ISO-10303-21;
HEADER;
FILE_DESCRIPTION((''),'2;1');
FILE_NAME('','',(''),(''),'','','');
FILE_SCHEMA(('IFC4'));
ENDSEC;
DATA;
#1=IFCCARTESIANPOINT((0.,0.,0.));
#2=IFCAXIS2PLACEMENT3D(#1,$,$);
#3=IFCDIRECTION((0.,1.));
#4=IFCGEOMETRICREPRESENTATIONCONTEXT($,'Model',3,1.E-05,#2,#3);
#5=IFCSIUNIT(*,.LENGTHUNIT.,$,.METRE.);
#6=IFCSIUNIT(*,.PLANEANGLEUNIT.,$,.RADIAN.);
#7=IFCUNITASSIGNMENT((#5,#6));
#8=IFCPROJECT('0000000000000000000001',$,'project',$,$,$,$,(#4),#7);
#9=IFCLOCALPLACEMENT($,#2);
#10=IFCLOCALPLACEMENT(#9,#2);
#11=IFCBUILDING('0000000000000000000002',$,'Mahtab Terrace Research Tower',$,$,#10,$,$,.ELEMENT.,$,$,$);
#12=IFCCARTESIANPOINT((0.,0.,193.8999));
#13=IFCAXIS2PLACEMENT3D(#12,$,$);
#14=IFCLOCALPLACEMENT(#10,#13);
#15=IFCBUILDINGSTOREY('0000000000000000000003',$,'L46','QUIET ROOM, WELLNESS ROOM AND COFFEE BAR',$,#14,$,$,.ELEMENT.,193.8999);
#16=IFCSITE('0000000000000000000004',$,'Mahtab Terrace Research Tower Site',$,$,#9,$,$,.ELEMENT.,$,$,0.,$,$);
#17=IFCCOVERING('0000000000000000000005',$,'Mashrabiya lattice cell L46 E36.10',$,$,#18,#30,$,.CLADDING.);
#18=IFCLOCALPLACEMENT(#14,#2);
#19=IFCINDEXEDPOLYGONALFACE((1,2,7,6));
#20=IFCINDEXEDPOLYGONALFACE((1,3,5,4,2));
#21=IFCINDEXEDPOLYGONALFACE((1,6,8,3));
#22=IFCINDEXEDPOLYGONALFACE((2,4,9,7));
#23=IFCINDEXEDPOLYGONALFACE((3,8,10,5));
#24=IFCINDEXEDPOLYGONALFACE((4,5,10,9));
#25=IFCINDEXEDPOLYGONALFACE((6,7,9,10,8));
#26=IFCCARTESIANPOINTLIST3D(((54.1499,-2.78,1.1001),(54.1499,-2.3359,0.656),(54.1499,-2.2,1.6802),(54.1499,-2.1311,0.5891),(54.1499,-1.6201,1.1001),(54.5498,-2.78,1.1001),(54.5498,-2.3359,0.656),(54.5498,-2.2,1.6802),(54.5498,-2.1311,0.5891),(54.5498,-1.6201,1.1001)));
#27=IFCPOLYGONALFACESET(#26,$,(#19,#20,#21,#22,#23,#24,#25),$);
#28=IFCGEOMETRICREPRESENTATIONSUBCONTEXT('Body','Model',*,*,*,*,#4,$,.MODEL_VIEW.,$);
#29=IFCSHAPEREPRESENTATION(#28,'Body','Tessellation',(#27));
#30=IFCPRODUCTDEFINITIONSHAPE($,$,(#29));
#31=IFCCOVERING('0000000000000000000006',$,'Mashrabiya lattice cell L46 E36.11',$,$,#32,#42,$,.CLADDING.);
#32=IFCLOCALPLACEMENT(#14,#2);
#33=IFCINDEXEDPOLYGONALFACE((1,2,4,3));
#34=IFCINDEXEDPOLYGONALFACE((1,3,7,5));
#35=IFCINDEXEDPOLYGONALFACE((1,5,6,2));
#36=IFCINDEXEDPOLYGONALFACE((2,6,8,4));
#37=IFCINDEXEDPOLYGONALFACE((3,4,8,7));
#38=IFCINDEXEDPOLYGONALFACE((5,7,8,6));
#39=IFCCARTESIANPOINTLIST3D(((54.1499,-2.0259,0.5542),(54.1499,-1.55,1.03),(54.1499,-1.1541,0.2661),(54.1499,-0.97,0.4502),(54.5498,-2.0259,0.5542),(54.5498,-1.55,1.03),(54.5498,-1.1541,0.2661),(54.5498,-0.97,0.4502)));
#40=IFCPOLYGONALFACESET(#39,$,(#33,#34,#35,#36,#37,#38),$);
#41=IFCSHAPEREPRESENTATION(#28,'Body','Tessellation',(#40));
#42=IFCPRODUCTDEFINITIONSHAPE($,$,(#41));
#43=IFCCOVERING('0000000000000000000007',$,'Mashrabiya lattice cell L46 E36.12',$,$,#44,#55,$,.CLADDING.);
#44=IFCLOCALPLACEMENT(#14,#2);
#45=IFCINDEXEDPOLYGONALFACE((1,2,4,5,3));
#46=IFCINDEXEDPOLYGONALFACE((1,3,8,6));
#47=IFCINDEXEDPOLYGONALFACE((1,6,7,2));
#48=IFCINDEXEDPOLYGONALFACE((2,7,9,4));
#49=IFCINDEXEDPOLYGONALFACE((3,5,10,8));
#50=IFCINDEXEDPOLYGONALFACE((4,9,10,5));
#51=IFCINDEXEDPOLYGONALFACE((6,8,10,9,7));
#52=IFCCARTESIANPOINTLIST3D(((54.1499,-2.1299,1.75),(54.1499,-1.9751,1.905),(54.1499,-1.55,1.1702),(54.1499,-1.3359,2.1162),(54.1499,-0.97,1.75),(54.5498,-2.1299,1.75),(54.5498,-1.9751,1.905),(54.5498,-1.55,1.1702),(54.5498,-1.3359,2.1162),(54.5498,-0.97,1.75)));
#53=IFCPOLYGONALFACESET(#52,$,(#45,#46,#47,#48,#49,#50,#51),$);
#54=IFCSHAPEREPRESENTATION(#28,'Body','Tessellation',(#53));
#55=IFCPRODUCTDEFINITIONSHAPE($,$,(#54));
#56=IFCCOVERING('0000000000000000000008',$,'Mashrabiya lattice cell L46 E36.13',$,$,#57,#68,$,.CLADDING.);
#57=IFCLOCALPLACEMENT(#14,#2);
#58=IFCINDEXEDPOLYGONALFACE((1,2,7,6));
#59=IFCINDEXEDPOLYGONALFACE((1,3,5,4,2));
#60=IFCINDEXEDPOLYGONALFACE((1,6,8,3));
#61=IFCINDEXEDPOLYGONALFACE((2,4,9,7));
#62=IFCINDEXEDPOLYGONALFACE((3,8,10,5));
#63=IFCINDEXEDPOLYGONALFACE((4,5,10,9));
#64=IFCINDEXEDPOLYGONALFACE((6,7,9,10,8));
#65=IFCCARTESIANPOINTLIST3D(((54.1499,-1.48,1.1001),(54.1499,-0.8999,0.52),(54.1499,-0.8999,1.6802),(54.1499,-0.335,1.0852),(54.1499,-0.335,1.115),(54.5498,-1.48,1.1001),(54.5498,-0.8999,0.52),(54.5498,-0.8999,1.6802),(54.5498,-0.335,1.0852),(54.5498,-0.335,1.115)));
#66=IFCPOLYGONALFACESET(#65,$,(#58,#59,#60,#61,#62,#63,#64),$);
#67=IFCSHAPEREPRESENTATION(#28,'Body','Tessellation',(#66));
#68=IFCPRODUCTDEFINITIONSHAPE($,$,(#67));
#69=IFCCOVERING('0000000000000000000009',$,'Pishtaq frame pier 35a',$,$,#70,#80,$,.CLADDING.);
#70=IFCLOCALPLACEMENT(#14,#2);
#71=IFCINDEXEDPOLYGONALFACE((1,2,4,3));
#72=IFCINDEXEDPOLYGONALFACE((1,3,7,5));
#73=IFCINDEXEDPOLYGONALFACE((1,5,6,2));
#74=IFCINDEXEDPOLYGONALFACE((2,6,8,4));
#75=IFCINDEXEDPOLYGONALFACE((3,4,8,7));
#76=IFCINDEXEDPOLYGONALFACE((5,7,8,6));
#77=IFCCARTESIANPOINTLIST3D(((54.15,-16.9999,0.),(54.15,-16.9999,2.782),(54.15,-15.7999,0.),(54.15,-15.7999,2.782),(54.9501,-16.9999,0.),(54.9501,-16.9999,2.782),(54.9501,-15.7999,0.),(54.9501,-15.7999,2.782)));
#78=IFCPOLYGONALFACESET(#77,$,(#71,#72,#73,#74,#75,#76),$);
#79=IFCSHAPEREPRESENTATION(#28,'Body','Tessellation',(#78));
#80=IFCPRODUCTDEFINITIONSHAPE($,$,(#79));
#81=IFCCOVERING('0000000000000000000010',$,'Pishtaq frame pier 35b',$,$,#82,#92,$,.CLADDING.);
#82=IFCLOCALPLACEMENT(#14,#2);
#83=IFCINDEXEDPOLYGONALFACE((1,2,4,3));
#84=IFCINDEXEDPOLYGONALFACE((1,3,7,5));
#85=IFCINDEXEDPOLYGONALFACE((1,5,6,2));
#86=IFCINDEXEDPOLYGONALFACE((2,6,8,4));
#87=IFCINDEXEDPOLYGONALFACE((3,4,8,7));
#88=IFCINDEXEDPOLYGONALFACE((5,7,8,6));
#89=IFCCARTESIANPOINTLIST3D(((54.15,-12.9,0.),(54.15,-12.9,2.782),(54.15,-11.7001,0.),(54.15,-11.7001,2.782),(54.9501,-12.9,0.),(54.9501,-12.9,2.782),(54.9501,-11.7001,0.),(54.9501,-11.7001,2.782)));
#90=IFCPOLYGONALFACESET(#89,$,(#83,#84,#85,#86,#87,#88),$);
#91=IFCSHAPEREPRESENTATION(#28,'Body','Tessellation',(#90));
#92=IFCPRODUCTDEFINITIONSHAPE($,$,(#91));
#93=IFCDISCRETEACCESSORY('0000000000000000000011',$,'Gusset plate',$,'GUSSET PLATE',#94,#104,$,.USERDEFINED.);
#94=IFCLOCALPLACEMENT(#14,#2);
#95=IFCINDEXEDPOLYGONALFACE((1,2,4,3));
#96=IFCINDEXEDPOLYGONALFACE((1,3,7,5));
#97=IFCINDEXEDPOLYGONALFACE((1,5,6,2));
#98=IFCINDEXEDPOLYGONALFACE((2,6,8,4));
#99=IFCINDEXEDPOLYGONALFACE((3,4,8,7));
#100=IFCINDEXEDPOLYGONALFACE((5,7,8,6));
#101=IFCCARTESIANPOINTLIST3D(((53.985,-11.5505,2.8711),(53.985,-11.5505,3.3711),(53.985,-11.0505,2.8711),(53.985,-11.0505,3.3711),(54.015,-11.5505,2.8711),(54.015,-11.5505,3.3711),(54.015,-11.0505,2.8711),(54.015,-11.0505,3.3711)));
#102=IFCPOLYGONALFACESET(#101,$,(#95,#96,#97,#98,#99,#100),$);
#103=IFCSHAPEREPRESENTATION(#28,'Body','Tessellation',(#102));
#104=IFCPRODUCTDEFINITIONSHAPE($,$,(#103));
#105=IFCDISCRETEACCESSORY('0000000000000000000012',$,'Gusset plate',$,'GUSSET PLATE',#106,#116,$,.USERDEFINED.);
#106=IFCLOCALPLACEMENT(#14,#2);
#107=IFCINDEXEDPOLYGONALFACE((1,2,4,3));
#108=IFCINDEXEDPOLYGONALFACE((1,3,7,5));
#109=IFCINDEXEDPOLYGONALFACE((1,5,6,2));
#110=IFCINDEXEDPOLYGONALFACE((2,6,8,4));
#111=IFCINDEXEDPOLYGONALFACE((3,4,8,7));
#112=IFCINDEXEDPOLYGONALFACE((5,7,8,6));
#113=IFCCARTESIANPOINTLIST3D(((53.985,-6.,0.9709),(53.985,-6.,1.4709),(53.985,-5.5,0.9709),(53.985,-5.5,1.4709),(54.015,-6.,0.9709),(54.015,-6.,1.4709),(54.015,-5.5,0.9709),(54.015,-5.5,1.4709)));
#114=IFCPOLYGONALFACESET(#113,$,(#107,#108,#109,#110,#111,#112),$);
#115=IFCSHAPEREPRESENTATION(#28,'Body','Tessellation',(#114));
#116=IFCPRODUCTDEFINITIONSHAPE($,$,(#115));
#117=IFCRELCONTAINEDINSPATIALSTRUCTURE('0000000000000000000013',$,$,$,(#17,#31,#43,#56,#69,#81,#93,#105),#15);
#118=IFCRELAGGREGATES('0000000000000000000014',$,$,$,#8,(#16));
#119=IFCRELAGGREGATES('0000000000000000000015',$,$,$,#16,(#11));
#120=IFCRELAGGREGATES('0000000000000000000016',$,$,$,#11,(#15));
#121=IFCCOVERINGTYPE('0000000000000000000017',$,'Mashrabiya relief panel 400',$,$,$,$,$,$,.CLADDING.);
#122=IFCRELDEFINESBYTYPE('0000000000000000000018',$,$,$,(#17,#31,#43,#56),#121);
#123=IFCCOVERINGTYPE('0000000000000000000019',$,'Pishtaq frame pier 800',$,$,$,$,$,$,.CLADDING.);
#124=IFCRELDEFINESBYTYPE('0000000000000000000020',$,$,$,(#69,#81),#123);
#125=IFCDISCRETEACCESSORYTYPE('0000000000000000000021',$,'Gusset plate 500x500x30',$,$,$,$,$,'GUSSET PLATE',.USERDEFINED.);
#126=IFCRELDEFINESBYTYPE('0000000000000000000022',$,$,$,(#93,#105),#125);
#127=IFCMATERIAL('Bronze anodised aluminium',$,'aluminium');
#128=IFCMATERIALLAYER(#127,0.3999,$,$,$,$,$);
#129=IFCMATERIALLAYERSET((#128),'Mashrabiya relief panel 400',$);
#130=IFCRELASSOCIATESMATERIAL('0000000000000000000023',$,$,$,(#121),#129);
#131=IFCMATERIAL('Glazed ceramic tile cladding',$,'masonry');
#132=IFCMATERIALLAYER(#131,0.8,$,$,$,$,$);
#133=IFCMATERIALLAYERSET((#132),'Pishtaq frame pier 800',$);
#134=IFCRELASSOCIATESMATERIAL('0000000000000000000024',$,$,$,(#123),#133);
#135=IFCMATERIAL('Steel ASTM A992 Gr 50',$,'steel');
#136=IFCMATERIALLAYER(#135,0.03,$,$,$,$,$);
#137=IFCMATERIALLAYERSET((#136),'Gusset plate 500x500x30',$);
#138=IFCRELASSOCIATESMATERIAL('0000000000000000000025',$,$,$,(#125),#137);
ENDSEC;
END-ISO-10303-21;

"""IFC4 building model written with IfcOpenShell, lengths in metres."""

from ifc_helpers import new_model, si_unit, direction, frame, origin, origin_2d, place, context, subcontext, project, spatial, polyline, rectangle, outline, extrude, material, layer, layer_set, type_object, element, save


model = new_model("IFC4")

# Units and contexts
model_context = context("Model", 3, precision=1e-05, world=origin(), true_north=direction((0.0, 1.0)))
body_context = subcontext(model_context, "Body", "Model", "MODEL_VIEW")
ifc_project = project(units=[si_unit("LENGTHUNIT", "METRE"), si_unit("PLANEANGLEUNIT", "RADIAN")], contexts=[model_context])

# Site, building, storey
site_placement = place(None, origin())
site = spatial("IfcSite", under=ifc_project, at=site_placement, Name="Mahtab Terrace Research Tower Site", CompositionType="ELEMENT", RefElevation=0.0)
building_placement = place(site_placement, origin())
building = spatial("IfcBuilding", under=site, at=building_placement, Name="Mahtab Terrace Research Tower", CompositionType="ELEMENT")
storey_placement = place(building_placement, frame((0.0, 0.0, 193.8999)))
storey = spatial("IfcBuildingStorey", under=building, at=storey_placement, Name="L46", Description="QUIET ROOM, WELLNESS ROOM AND COFFEE BAR", CompositionType="ELEMENT", Elevation=193.8999)

# Shared definitions
ifc_material_1 = material(Name="Steel ASTM A992 Gr 50", Category="steel")

# Coverings
ifc_material_2 = material(Name="Bronze anodised aluminium", Category="aluminium")
ifc_layer_1 = layer(ifc_material_2, 0.3999)
ifc_layer_set_1 = layer_set([ifc_layer_1], Name="Mashrabiya relief panel 400")
covering_type_1 = type_object("IfcCoveringType", Name="Mashrabiya relief panel 400", PredefinedType="CLADDING", material=ifc_layer_set_1)
covering_1_placement = place(storey_placement, frame((54.1499, -2.78, 1.1001), z_axis=(-1.0, 0.0, 0.0), x_axis=(0.0, 0.707107, 0.707107)))
element("IfcCovering", 1, at=covering_1_placement, inside=storey, type_object=covering_type_1, Name="Mashrabiya lattice cell L46 E36.10", PredefinedType="CLADDING", context=body_context, shape_type="SweptSolid", body=[
    extrude(outline(polyline([(0.0, 0.0), (0.8204, 0.0), (0.8202, 0.8202), (0.0975, 0.8202), (0.0, 0.628), (0.0, 0.0)])), origin(), (0.0, 0.0, -1.0), 0.3999),
])
covering_2_placement = place(storey_placement, frame((54.1499, -1.55, 1.03), z_axis=(-1.0, 0.0, 0.0), x_axis=(0.0, 0.707256, -0.706958)))
element("IfcCovering", 2, at=covering_2_placement, inside=storey, type_object=covering_type_1, Name="Mashrabiya lattice cell L46 E36.11", PredefinedType="CLADDING", context=body_context, shape_type="SweptSolid", body=[
    extrude(outline(polyline([(0.0, 0.0), (0.8202, 0.0), (0.8201, 0.2603), (-0.0001, 0.6729), (0.0, 0.0)])), origin(), (0.0, 0.0, -1.0), 0.3999),
])
covering_3_placement = place(storey_placement, frame((54.1499, -0.97, 1.75), z_axis=(-1.0, 0.0, 0.0), x_axis=(0.0, -0.707256, -0.706958)))
element("IfcCovering", 3, at=covering_3_placement, inside=storey, type_object=covering_type_1, Name="Mashrabiya lattice cell L46 E36.12", PredefinedType="CLADDING", context=body_context, shape_type="SweptSolid", body=[
    extrude(outline(polyline([(0.0, 0.0), (0.8202, 0.0), (0.8204, 0.82), (0.6013, 0.8202), (-0.0001, 0.5177), (0.0, 0.0)])), origin(), (0.0, 0.0, -1.0), 0.3999),
])
covering_4_placement = place(storey_placement, frame((54.1499, -0.8999, 0.52), z_axis=(-1.0, 0.0, 0.0), x_axis=(0.0, -0.707107, 0.707107)))
element("IfcCovering", 4, at=covering_4_placement, inside=storey, type_object=covering_type_1, Name="Mashrabiya lattice cell L46 E36.13", PredefinedType="CLADDING", context=body_context, shape_type="SweptSolid", body=[
    extrude(outline(polyline([(0.0, 0.0), (0.8204, 0.0), (0.8204, 0.8204), (0.0212, 0.8202), (0.0002, 0.7991), (0.0, 0.0)])), origin(), (0.0, 0.0, -1.0), 0.3999),
])
ifc_material_3 = material(Name="Glazed ceramic tile cladding", Category="masonry")
ifc_layer_2 = layer(ifc_material_3, 0.8)
ifc_layer_set_2 = layer_set([ifc_layer_2], Name="Pishtaq frame pier 800")
covering_type_2 = type_object("IfcCoveringType", Name="Pishtaq frame pier 800", PredefinedType="CLADDING", material=ifc_layer_set_2)
for number, where, z_axis, x_axis, name in (
    (5, (54.55, -16.3999, 0.0), (0.0, 0.0, 1.0), (0.0, 1.0, 0.0), "Pishtaq frame pier 35a"),
    (6, (54.55, -12.3, 0.0), (0.0, 0.0, 1.0), (0.0, 1.0, 0.0), "Pishtaq frame pier 35b"),
):
    element("IfcCovering", number, at=place(storey_placement, frame(where, z_axis=z_axis, x_axis=x_axis)), inside=storey, type_object=covering_type_2, Name=name, PredefinedType="CLADDING", context=body_context, shape_type="SweptSolid", body=[
        extrude(rectangle(XDim=1.2, YDim=0.8, at=origin_2d()), origin(), (0.0, 0.0, 1.0), 2.782),
    ])

# Discrete accessories
ifc_layer_3 = layer(ifc_material_1, 0.03)
ifc_layer_set_3 = layer_set([ifc_layer_3], Name="Gusset plate 500x500x30")
discrete_accessory_type = type_object("IfcDiscreteAccessoryType", Name="Gusset plate 500x500x30", ElementType="GUSSET PLATE", PredefinedType="USERDEFINED", material=ifc_layer_set_3)
for number, where, z_axis, x_axis, name in (
    (7, (54.0, -11.3005, 2.8711), (0.0, 0.0, 1.0), (0.0, 1.0, 0.0), "Gusset plate"),
    (8, (54.0, -5.75, 0.9709), (0.0, 0.0, 1.0), (0.0, 1.0, 0.0), "Gusset plate"),
):
    element("IfcDiscreteAccessory", number, at=place(storey_placement, frame(where, z_axis=z_axis, x_axis=x_axis)), inside=storey, type_object=discrete_accessory_type, Name=name, ObjectType="GUSSET PLATE", PredefinedType="USERDEFINED", context=body_context, shape_type="SweptSolid", body=[
        extrude(rectangle(XDim=0.5, YDim=0.03, at=origin_2d()), origin(), (0.0, 0.0, 1.0), 0.5),
    ])

save(model, "model.ifc")
